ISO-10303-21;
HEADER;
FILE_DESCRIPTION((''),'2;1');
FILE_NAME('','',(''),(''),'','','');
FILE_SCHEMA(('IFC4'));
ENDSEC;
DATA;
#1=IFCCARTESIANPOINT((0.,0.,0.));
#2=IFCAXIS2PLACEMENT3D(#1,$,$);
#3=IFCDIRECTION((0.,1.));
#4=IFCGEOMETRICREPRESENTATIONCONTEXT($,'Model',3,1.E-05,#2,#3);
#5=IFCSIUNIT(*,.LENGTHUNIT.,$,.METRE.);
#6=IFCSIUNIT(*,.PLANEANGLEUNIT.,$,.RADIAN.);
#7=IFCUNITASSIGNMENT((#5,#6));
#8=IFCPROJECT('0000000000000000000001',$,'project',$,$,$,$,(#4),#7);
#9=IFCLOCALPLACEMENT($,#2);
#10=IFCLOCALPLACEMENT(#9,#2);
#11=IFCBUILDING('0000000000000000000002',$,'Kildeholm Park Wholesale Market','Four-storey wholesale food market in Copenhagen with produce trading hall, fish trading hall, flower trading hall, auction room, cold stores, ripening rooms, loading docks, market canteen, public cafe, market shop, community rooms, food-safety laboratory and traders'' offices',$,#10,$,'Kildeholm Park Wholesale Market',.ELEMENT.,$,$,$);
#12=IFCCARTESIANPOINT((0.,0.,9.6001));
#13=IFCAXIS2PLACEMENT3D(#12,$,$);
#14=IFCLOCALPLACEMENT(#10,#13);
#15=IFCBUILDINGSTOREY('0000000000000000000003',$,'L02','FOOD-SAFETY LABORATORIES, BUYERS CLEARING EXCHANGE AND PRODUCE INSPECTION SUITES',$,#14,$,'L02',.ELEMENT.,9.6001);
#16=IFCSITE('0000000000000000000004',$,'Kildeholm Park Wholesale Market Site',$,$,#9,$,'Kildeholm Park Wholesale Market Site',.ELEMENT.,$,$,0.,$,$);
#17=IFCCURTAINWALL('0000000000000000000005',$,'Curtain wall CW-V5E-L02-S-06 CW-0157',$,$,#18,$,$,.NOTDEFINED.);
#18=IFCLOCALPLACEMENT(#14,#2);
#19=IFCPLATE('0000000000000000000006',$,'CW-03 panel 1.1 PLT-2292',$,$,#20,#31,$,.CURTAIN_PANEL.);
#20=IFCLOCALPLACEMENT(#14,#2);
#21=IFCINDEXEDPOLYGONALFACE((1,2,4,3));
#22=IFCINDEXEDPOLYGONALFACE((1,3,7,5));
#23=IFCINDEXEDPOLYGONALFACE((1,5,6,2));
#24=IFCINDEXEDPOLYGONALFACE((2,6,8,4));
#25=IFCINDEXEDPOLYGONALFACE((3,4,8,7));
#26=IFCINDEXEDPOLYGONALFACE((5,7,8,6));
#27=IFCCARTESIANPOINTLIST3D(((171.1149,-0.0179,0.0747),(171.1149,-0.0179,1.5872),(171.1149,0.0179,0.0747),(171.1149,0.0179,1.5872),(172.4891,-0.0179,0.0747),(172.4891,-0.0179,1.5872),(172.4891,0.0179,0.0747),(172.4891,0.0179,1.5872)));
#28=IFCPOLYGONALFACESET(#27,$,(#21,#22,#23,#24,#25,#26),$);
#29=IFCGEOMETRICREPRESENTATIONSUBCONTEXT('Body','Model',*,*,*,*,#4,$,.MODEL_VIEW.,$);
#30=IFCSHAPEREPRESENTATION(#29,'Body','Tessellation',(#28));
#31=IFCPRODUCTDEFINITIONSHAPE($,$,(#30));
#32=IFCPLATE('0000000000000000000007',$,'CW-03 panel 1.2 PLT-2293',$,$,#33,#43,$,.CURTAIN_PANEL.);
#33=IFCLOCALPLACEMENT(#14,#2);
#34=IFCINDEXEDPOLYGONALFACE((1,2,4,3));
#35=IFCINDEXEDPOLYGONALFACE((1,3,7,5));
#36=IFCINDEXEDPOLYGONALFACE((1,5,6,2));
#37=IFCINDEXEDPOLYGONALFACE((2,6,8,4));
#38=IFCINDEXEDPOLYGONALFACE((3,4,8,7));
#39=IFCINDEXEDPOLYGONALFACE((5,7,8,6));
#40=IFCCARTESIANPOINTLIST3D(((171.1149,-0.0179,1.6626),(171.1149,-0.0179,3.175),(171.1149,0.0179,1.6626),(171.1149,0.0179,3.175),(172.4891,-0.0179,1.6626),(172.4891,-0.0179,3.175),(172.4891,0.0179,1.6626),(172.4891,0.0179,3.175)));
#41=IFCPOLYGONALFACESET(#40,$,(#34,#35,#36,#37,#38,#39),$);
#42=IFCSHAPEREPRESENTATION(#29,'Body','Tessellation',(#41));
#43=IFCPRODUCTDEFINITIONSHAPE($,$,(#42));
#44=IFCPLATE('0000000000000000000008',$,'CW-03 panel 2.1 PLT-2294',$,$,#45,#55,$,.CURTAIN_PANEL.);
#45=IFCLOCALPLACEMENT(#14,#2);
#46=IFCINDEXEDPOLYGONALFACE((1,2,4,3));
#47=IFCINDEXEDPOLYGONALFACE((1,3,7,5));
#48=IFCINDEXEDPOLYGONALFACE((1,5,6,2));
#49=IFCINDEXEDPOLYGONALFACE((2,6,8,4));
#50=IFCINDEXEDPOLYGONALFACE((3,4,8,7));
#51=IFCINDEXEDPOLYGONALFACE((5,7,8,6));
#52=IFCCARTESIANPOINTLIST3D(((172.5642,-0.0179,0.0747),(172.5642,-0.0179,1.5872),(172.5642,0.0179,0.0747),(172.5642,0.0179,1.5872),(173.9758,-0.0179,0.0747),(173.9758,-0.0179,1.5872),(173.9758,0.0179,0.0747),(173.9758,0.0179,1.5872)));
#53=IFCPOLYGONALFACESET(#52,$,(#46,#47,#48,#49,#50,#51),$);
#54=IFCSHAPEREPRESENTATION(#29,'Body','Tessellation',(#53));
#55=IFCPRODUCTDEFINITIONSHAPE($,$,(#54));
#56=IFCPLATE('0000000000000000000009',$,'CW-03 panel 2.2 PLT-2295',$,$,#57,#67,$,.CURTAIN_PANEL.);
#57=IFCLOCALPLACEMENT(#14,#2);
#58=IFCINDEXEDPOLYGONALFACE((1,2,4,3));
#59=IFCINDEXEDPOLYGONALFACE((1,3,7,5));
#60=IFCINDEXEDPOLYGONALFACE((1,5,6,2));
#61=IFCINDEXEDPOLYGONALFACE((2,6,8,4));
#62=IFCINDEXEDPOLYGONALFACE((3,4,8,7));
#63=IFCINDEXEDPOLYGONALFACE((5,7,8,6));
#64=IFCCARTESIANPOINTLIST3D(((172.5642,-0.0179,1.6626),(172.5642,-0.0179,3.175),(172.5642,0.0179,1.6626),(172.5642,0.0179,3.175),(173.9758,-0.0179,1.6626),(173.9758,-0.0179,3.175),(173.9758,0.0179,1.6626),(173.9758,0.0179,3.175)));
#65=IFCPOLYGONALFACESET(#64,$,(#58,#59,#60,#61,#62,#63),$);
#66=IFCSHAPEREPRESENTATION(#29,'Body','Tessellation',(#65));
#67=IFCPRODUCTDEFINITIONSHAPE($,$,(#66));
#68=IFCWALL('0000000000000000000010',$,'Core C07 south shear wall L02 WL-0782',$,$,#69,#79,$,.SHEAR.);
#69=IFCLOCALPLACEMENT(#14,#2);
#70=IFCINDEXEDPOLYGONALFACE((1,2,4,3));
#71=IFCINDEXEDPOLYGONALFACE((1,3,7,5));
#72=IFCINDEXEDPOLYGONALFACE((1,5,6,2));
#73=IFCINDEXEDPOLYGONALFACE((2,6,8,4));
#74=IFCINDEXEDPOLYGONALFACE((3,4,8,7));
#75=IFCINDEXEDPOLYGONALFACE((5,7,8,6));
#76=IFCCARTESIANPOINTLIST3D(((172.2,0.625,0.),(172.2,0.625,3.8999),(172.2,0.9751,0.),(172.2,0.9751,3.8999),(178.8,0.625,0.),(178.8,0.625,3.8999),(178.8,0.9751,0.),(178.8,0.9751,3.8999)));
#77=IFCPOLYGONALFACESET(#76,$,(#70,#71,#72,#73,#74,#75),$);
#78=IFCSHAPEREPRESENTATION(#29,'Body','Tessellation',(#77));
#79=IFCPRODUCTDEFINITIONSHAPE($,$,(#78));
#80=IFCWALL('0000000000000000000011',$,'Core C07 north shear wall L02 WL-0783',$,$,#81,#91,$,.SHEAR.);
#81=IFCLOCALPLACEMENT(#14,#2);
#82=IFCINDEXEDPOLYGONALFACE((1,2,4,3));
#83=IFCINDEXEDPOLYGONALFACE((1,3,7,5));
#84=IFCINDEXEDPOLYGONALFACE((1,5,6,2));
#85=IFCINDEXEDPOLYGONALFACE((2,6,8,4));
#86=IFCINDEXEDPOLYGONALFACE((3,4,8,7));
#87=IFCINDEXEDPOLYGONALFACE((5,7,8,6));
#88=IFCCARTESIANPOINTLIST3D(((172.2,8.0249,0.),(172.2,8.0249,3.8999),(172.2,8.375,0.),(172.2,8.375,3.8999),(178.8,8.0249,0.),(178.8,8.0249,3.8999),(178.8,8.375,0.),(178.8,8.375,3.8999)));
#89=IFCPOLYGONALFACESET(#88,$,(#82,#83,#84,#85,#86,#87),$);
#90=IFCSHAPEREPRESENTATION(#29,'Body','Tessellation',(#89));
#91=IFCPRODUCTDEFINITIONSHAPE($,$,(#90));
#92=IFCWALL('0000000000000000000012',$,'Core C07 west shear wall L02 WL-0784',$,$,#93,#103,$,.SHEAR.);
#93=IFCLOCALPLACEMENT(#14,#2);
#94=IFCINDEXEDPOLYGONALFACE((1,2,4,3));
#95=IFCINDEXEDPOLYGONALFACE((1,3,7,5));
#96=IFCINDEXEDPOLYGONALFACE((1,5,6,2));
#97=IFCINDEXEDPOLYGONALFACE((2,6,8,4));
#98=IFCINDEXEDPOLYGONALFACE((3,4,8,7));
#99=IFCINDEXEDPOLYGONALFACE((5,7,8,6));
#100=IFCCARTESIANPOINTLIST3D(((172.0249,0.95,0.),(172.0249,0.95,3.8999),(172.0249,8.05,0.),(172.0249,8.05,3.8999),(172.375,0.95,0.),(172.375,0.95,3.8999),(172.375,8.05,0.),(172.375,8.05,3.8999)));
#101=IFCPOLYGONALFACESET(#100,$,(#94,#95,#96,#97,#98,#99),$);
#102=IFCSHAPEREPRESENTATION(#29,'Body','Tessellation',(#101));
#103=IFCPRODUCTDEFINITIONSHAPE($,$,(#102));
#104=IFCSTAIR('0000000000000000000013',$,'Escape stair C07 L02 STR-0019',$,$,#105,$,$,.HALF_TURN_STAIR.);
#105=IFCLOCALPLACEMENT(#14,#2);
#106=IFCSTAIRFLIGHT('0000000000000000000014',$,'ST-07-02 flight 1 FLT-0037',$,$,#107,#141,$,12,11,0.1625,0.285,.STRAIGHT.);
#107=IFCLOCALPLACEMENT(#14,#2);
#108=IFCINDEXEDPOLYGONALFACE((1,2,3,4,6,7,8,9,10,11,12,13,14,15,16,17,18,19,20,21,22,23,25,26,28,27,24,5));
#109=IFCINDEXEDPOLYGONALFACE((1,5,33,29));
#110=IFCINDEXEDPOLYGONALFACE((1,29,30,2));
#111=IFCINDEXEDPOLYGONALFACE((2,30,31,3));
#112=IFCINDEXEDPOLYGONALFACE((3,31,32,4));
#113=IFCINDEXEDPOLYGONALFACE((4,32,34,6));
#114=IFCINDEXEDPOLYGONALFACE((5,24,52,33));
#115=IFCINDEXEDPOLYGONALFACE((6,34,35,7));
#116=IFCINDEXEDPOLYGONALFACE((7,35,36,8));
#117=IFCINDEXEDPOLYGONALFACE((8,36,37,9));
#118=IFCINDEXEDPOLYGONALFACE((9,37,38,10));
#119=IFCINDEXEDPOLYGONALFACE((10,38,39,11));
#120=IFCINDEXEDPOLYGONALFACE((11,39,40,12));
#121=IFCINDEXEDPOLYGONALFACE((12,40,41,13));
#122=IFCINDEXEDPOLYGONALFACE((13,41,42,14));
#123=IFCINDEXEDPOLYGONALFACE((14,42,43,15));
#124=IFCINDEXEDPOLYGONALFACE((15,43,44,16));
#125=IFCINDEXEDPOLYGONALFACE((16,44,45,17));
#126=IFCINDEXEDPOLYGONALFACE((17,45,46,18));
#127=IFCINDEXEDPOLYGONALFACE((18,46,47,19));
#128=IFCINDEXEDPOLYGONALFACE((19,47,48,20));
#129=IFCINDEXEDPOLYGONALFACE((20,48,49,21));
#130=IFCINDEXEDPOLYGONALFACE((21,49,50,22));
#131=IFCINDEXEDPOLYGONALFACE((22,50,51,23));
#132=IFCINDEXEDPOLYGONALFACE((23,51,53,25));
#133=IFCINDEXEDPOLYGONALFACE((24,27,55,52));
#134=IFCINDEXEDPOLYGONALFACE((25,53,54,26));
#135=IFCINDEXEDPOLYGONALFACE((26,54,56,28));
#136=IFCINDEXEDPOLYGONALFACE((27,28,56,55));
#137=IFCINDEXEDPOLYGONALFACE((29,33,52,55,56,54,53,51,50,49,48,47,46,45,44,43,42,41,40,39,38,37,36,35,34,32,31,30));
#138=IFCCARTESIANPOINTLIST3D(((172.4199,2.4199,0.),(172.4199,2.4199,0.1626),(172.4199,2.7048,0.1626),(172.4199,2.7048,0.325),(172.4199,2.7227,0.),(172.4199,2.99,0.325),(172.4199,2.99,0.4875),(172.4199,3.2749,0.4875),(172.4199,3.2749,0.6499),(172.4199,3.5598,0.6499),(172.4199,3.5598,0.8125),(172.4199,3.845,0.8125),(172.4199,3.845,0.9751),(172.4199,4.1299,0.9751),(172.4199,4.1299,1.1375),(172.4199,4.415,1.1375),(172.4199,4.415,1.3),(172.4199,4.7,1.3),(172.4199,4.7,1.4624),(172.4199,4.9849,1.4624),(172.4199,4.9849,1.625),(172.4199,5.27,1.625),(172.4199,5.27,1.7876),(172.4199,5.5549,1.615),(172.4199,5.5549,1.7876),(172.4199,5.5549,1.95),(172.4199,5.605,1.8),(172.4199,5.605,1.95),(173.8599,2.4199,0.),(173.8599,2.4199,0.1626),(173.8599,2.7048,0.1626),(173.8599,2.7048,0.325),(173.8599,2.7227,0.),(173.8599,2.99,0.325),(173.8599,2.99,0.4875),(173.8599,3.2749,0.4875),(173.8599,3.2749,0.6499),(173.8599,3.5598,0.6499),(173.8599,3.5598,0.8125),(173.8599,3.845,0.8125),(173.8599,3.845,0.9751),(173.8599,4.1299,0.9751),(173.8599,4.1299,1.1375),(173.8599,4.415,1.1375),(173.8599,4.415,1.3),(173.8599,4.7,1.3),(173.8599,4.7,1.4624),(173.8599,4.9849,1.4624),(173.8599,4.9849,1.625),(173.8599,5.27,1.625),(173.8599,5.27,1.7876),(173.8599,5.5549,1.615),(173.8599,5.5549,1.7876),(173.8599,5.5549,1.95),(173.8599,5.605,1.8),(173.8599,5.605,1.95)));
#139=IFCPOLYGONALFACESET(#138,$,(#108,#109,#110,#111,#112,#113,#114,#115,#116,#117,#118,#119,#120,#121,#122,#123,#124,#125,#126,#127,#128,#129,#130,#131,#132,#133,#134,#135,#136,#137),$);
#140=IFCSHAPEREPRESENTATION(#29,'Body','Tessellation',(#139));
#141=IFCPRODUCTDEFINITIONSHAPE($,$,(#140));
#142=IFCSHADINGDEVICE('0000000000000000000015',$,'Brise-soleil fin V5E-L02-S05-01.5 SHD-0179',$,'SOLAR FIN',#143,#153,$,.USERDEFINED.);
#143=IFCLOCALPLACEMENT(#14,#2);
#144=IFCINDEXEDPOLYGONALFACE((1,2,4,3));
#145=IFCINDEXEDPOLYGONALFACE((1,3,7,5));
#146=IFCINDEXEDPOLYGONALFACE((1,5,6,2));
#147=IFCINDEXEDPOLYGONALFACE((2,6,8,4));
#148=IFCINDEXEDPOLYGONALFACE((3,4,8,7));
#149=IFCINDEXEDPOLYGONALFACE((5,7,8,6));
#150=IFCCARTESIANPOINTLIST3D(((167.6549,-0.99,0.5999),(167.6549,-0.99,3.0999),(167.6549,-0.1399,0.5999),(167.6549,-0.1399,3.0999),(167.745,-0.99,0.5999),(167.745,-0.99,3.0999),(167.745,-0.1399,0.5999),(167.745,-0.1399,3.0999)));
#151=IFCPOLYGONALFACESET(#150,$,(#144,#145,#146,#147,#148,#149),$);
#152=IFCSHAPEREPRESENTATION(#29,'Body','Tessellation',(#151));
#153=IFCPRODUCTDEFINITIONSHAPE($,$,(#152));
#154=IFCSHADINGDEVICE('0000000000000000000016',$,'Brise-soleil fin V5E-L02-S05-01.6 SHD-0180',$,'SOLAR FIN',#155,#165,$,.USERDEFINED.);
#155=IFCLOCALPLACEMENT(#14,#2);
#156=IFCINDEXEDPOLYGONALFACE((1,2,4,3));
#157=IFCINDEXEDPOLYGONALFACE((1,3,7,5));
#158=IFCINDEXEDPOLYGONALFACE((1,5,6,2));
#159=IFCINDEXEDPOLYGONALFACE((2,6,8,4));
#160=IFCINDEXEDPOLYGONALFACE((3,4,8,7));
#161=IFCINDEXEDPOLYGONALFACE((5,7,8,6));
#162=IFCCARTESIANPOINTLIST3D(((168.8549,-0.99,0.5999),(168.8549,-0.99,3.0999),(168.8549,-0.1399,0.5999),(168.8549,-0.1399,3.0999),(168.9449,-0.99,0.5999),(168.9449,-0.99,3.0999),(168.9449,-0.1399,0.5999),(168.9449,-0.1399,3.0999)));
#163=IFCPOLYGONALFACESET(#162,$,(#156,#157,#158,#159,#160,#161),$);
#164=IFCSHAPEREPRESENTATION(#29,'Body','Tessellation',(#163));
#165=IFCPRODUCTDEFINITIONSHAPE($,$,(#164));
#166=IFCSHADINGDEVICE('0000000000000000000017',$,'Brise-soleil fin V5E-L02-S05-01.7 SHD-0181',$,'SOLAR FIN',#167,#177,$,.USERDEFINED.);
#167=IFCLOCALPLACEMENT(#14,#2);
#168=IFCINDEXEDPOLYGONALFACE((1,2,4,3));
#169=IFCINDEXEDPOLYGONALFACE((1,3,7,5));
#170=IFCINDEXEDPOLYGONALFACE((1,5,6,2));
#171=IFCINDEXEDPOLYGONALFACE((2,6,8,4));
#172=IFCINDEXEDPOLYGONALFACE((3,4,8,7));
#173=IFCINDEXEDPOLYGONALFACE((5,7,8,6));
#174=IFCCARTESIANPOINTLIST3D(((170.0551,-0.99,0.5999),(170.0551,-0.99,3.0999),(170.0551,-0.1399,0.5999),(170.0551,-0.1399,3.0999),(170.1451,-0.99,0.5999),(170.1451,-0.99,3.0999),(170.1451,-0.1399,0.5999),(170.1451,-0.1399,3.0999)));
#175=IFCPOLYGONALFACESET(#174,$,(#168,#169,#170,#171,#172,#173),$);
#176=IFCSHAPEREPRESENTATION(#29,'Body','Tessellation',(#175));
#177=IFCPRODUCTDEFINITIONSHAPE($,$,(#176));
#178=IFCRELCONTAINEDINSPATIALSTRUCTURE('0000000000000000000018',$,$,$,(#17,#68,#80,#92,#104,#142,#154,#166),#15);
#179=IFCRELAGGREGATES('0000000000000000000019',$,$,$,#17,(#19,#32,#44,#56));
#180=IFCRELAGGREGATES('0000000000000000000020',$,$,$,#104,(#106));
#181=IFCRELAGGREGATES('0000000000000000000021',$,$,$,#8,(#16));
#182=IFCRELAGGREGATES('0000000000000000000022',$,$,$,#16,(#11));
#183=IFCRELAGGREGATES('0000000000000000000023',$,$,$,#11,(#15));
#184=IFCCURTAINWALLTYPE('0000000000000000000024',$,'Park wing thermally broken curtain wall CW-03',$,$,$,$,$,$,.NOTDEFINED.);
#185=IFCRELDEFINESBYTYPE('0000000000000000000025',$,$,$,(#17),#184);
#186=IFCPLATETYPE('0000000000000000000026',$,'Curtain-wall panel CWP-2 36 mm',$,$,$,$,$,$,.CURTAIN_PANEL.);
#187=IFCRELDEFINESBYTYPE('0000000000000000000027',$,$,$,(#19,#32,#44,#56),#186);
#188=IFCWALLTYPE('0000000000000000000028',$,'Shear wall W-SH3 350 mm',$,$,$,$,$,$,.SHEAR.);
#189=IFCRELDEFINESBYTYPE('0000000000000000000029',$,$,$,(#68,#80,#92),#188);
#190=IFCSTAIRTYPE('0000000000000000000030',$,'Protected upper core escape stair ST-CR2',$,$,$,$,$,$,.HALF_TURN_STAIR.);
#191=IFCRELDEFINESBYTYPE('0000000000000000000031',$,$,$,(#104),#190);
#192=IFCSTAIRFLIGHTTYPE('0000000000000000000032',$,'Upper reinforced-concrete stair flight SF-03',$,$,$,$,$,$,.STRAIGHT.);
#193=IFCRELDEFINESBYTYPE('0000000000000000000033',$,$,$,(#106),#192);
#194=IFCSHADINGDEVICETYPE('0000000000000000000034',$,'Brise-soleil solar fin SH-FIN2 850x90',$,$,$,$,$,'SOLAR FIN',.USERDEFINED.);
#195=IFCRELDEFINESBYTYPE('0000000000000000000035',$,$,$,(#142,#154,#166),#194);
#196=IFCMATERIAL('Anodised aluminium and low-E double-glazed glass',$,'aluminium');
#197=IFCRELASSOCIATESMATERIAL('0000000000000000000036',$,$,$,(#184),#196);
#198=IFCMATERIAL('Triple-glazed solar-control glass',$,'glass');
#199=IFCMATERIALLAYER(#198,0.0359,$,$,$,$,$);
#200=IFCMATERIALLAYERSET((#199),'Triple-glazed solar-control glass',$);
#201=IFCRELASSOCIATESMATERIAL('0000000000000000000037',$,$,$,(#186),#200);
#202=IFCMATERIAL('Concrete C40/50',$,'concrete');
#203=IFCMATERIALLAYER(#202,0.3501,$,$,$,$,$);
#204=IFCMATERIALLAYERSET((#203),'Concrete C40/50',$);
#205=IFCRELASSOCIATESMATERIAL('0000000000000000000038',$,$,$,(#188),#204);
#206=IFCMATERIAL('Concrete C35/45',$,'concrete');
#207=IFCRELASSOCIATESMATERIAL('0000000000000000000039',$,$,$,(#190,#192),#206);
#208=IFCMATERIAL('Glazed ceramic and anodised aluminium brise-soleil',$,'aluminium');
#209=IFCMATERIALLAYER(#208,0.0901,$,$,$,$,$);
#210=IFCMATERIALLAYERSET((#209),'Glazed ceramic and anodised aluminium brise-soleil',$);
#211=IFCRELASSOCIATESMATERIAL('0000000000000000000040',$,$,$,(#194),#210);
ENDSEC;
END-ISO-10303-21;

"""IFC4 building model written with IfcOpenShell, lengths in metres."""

from ifc_helpers import new_model, si_unit, direction, frame, frame_2d, origin, origin_2d, place, context, subcontext, project, spatial, polyline, rectangle, outline, extrude, material, layer, layer_set, type_object, element, aggregate, save


model = new_model("IFC4")

# Units and contexts
model_context = context("Model", 3, precision=1e-05, world=origin(), true_north=direction((0.0, 1.0)))
body_context = subcontext(model_context, "Body", "Model", "MODEL_VIEW")
ifc_project = project(units=[si_unit("LENGTHUNIT", "METRE"), si_unit("PLANEANGLEUNIT", "RADIAN")], contexts=[model_context])

# Site, building, storey
site_placement = place(None, origin())
site = spatial("IfcSite", under=ifc_project, at=site_placement, Name="Kildeholm Park Wholesale Market Site", LongName="Kildeholm Park Wholesale Market Site", CompositionType="ELEMENT", RefElevation=0.0)
building_placement = place(site_placement, origin())
building = spatial("IfcBuilding", under=site, at=building_placement, Name="Kildeholm Park Wholesale Market", Description="Four-storey wholesale food market in Copenhagen with produce trading hall, fish trading hall, flower trading hall, auction room, cold stores, ripening rooms, loading docks, market canteen, public cafe, market shop, community rooms, food-safety laboratory and traders' offices", LongName="Kildeholm Park Wholesale Market", CompositionType="ELEMENT")
storey_placement = place(building_placement, frame((0.0, 0.0, 9.6001)))
storey = spatial("IfcBuildingStorey", under=building, at=storey_placement, Name="L02", Description="FOOD-SAFETY LABORATORIES, BUYERS CLEARING EXCHANGE AND PRODUCE INSPECTION SUITES", LongName="L02", CompositionType="ELEMENT", Elevation=9.6001)

# Curtain wall, plates
ifc_material_1 = material(Name="Anodised aluminium and low-E double-glazed glass", Category="aluminium")
curtain_wall_type = type_object("IfcCurtainWallType", Name="Park wing thermally broken curtain wall CW-03", PredefinedType="NOTDEFINED", material=ifc_material_1)
curtain_wall_placement = place(storey_placement, origin())
curtain_wall = element("IfcCurtainWall", 1, at=curtain_wall_placement, inside=storey, type_object=curtain_wall_type, Name="Curtain wall CW-V5E-L02-S-06 CW-0157", PredefinedType="NOTDEFINED")
ifc_material_2 = material(Name="Triple-glazed solar-control glass", Category="glass")
ifc_layer_1 = layer(ifc_material_2, 0.0359)
ifc_layer_set_1 = layer_set([ifc_layer_1], Name="Triple-glazed solar-control glass")
plate_type = type_object("IfcPlateType", Name="Curtain-wall panel CWP-2 36 mm", PredefinedType="CURTAIN_PANEL", material=ifc_layer_set_1)
plate_1_placement = place(storey_placement, frame((171.802, 0.0, 0.0747), z_axis=(0.0, 0.0, 1.0), x_axis=(1.0, 0.0, 0.0)))
plate_1 = element("IfcPlate", 2, at=plate_1_placement, type_object=plate_type, Name="CW-03 panel 1.1 PLT-2292", PredefinedType="CURTAIN_PANEL", context=body_context, shape_type="SweptSolid", body=[
    extrude(rectangle(XDim=1.3743, YDim=0.0359, at=origin_2d()), origin(), (0.0, 0.0, 1.0), 1.5125),
])
plate_2_placement = place(storey_placement, frame((171.802, 0.0, 1.6626), z_axis=(0.0, 0.0, 1.0), x_axis=(1.0, 0.0, 0.0)))
plate_2 = element("IfcPlate", 3, at=plate_2_placement, type_object=plate_type, Name="CW-03 panel 1.2 PLT-2293", PredefinedType="CURTAIN_PANEL", context=body_context, shape_type="SweptSolid", body=[
    extrude(rectangle(XDim=1.3743, YDim=0.0359, at=origin_2d()), origin(), (0.0, 0.0, 1.0), 1.5125),
])
plate_3_placement = place(storey_placement, frame((173.27, 0.0, 0.0747), z_axis=(0.0, 0.0, 1.0), x_axis=(1.0, 0.0, 0.0)))
plate_3 = element("IfcPlate", 4, at=plate_3_placement, type_object=plate_type, Name="CW-03 panel 2.1 PLT-2294", PredefinedType="CURTAIN_PANEL", context=body_context, shape_type="SweptSolid", body=[
    extrude(rectangle(XDim=1.4116, YDim=0.0359, at=origin_2d()), origin(), (0.0, 0.0, 1.0), 1.5125),
])
plate_4_placement = place(storey_placement, frame((173.27, 0.0, 1.6626), z_axis=(0.0, 0.0, 1.0), x_axis=(1.0, 0.0, 0.0)))
plate_4 = element("IfcPlate", 5, at=plate_4_placement, type_object=plate_type, Name="CW-03 panel 2.2 PLT-2295", PredefinedType="CURTAIN_PANEL", context=body_context, shape_type="SweptSolid", body=[
    extrude(rectangle(XDim=1.4116, YDim=0.0359, at=origin_2d()), origin(), (0.0, 0.0, 1.0), 1.5125),
])
aggregate(curtain_wall, [plate_1, plate_2, plate_3, plate_4])

# Walls
ifc_material_3 = material(Name="Concrete C40/50", Category="concrete")
ifc_layer_2 = layer(ifc_material_3, 0.3501)
ifc_layer_set_2 = layer_set([ifc_layer_2], Name="Concrete C40/50")
wall_type = type_object("IfcWallType", Name="Shear wall W-SH3 350 mm", PredefinedType="SHEAR", material=ifc_layer_set_2)
for number, where, z_axis, x_axis, name in (
    (6, (172.2, 0.8, 0.0), (0.0, 0.0, 1.0), (1.0, 0.0, 0.0), "Core C07 south shear wall L02 WL-0782"),
    (7, (172.2, 8.2, 0.0), (0.0, 0.0, 1.0), (1.0, 0.0, 0.0), "Core C07 north shear wall L02 WL-0783"),
):
    element("IfcWall", number, at=place(storey_placement, frame(where, z_axis=z_axis, x_axis=x_axis)), inside=storey, type_object=wall_type, Name=name, PredefinedType="SHEAR", context=body_context, shape_type="SweptSolid", body=[
        extrude(rectangle(XDim=6.6001, YDim=0.3501, at=frame_2d((3.3, 0.0))), origin(), (0.0, 0.0, 1.0), 3.8999),
    ])
wall_placement = place(storey_placement, frame((172.2, 0.95, 0.0), z_axis=(0.0, 0.0, 1.0), x_axis=(0.0, 1.0, 0.0)))
element("IfcWall", 8, at=wall_placement, inside=storey, type_object=wall_type, Name="Core C07 west shear wall L02 WL-0784", PredefinedType="SHEAR", context=body_context, shape_type="SweptSolid", body=[
    extrude(rectangle(XDim=7.1001, YDim=0.3501, at=frame_2d((3.55, 0.0))), origin(), (0.0, 0.0, 1.0), 3.8999),
])

# Stair, stair flight
ifc_material_4 = material(Name="Concrete C35/45", Category="concrete")
stair_type = type_object("IfcStairType", Name="Protected upper core escape stair ST-CR2", PredefinedType="HALF_TURN_STAIR", material=ifc_material_4)
stair_placement = place(storey_placement, origin())
stair = element("IfcStair", 9, at=stair_placement, inside=storey, type_object=stair_type, Name="Escape stair C07 L02 STR-0019", PredefinedType="HALF_TURN_STAIR")
stair_flight_type = type_object("IfcStairFlightType", Name="Upper reinforced-concrete stair flight SF-03", PredefinedType="STRAIGHT", material=ifc_material_4)
stair_flight_placement = place(storey_placement, frame((173.1399, 2.4199, 0.0), z_axis=(0.0, 0.0, 1.0), x_axis=(0.0, 1.0, 0.0)))
stair_flight = element("IfcStairFlight", 10, at=stair_flight_placement, type_object=stair_flight_type, Name="ST-07-02 flight 1 FLT-0037", NumberOfRisers=12, NumberOfTreads=11, PredefinedType="STRAIGHT", RiserHeight=0.1625, TreadLength=0.285, context=body_context, shape_type="SweptSolid", body=[
    extrude(outline(polyline([(0.0, 0.0), (0.0, 0.1626), (0.2849, 0.1626), (0.2849, 0.325), (0.5701, 0.325), (0.5701, 0.4875), (0.855, 0.4875), (0.855, 0.6499), (1.1399, 0.6499), (1.1399, 0.8125), (1.425, 0.8125), (1.425, 0.9751), (1.71, 0.9751), (1.71, 1.1375), (1.9951, 1.1375), (1.9951, 1.3), (2.28, 1.3), (2.28, 1.4624), (2.5649, 1.4624), (2.5649, 1.625), (2.8501, 1.625), (2.8501, 1.7876), (3.135, 1.7876), (3.135, 1.95), (3.1851, 1.95), (3.1851, 1.8), (3.135, 1.615), (0.3027, 0.0), (0.0, 0.0)])), frame((0.0, 0.72, 0.0), z_axis=(0.0, -1.0, 0.0), x_axis=(1.0, 0.0, 0.0)), (0.0, 0.0, 1.0), 1.4399),
])
aggregate(stair, [stair_flight])

# Shading devices
ifc_material_5 = material(Name="Glazed ceramic and anodised aluminium brise-soleil", Category="aluminium")
ifc_layer_3 = layer(ifc_material_5, 0.0901)
ifc_layer_set_3 = layer_set([ifc_layer_3], Name="Glazed ceramic and anodised aluminium brise-soleil")
shading_device_type = type_object("IfcShadingDeviceType", Name="Brise-soleil solar fin SH-FIN2 850x90", ElementType="SOLAR FIN", PredefinedType="USERDEFINED", material=ifc_layer_set_3)
for number, where, z_axis, x_axis, name in (
    (11, (167.7, -0.5649, 0.5999), (0.0, 0.0, 1.0), (0.0, -1.0, 0.0), "Brise-soleil fin V5E-L02-S05-01.5 SHD-0179"),
    (12, (168.8999, -0.5649, 0.5999), (0.0, 0.0, 1.0), (0.0, -1.0, 0.0), "Brise-soleil fin V5E-L02-S05-01.6 SHD-0180"),
    (13, (170.1001, -0.5649, 0.5999), (0.0, 0.0, 1.0), (0.0, -1.0, 0.0), "Brise-soleil fin V5E-L02-S05-01.7 SHD-0181"),
):
    element("IfcShadingDevice", number, at=place(storey_placement, frame(where, z_axis=z_axis, x_axis=x_axis)), inside=storey, type_object=shading_device_type, Name=name, ObjectType="SOLAR FIN", PredefinedType="USERDEFINED", context=body_context, shape_type="SweptSolid", body=[
        extrude(rectangle(XDim=0.8501, YDim=0.0901, at=origin_2d()), origin(), (0.0, 0.0, 1.0), 2.5),
    ])

save(model, "model.ifc")
